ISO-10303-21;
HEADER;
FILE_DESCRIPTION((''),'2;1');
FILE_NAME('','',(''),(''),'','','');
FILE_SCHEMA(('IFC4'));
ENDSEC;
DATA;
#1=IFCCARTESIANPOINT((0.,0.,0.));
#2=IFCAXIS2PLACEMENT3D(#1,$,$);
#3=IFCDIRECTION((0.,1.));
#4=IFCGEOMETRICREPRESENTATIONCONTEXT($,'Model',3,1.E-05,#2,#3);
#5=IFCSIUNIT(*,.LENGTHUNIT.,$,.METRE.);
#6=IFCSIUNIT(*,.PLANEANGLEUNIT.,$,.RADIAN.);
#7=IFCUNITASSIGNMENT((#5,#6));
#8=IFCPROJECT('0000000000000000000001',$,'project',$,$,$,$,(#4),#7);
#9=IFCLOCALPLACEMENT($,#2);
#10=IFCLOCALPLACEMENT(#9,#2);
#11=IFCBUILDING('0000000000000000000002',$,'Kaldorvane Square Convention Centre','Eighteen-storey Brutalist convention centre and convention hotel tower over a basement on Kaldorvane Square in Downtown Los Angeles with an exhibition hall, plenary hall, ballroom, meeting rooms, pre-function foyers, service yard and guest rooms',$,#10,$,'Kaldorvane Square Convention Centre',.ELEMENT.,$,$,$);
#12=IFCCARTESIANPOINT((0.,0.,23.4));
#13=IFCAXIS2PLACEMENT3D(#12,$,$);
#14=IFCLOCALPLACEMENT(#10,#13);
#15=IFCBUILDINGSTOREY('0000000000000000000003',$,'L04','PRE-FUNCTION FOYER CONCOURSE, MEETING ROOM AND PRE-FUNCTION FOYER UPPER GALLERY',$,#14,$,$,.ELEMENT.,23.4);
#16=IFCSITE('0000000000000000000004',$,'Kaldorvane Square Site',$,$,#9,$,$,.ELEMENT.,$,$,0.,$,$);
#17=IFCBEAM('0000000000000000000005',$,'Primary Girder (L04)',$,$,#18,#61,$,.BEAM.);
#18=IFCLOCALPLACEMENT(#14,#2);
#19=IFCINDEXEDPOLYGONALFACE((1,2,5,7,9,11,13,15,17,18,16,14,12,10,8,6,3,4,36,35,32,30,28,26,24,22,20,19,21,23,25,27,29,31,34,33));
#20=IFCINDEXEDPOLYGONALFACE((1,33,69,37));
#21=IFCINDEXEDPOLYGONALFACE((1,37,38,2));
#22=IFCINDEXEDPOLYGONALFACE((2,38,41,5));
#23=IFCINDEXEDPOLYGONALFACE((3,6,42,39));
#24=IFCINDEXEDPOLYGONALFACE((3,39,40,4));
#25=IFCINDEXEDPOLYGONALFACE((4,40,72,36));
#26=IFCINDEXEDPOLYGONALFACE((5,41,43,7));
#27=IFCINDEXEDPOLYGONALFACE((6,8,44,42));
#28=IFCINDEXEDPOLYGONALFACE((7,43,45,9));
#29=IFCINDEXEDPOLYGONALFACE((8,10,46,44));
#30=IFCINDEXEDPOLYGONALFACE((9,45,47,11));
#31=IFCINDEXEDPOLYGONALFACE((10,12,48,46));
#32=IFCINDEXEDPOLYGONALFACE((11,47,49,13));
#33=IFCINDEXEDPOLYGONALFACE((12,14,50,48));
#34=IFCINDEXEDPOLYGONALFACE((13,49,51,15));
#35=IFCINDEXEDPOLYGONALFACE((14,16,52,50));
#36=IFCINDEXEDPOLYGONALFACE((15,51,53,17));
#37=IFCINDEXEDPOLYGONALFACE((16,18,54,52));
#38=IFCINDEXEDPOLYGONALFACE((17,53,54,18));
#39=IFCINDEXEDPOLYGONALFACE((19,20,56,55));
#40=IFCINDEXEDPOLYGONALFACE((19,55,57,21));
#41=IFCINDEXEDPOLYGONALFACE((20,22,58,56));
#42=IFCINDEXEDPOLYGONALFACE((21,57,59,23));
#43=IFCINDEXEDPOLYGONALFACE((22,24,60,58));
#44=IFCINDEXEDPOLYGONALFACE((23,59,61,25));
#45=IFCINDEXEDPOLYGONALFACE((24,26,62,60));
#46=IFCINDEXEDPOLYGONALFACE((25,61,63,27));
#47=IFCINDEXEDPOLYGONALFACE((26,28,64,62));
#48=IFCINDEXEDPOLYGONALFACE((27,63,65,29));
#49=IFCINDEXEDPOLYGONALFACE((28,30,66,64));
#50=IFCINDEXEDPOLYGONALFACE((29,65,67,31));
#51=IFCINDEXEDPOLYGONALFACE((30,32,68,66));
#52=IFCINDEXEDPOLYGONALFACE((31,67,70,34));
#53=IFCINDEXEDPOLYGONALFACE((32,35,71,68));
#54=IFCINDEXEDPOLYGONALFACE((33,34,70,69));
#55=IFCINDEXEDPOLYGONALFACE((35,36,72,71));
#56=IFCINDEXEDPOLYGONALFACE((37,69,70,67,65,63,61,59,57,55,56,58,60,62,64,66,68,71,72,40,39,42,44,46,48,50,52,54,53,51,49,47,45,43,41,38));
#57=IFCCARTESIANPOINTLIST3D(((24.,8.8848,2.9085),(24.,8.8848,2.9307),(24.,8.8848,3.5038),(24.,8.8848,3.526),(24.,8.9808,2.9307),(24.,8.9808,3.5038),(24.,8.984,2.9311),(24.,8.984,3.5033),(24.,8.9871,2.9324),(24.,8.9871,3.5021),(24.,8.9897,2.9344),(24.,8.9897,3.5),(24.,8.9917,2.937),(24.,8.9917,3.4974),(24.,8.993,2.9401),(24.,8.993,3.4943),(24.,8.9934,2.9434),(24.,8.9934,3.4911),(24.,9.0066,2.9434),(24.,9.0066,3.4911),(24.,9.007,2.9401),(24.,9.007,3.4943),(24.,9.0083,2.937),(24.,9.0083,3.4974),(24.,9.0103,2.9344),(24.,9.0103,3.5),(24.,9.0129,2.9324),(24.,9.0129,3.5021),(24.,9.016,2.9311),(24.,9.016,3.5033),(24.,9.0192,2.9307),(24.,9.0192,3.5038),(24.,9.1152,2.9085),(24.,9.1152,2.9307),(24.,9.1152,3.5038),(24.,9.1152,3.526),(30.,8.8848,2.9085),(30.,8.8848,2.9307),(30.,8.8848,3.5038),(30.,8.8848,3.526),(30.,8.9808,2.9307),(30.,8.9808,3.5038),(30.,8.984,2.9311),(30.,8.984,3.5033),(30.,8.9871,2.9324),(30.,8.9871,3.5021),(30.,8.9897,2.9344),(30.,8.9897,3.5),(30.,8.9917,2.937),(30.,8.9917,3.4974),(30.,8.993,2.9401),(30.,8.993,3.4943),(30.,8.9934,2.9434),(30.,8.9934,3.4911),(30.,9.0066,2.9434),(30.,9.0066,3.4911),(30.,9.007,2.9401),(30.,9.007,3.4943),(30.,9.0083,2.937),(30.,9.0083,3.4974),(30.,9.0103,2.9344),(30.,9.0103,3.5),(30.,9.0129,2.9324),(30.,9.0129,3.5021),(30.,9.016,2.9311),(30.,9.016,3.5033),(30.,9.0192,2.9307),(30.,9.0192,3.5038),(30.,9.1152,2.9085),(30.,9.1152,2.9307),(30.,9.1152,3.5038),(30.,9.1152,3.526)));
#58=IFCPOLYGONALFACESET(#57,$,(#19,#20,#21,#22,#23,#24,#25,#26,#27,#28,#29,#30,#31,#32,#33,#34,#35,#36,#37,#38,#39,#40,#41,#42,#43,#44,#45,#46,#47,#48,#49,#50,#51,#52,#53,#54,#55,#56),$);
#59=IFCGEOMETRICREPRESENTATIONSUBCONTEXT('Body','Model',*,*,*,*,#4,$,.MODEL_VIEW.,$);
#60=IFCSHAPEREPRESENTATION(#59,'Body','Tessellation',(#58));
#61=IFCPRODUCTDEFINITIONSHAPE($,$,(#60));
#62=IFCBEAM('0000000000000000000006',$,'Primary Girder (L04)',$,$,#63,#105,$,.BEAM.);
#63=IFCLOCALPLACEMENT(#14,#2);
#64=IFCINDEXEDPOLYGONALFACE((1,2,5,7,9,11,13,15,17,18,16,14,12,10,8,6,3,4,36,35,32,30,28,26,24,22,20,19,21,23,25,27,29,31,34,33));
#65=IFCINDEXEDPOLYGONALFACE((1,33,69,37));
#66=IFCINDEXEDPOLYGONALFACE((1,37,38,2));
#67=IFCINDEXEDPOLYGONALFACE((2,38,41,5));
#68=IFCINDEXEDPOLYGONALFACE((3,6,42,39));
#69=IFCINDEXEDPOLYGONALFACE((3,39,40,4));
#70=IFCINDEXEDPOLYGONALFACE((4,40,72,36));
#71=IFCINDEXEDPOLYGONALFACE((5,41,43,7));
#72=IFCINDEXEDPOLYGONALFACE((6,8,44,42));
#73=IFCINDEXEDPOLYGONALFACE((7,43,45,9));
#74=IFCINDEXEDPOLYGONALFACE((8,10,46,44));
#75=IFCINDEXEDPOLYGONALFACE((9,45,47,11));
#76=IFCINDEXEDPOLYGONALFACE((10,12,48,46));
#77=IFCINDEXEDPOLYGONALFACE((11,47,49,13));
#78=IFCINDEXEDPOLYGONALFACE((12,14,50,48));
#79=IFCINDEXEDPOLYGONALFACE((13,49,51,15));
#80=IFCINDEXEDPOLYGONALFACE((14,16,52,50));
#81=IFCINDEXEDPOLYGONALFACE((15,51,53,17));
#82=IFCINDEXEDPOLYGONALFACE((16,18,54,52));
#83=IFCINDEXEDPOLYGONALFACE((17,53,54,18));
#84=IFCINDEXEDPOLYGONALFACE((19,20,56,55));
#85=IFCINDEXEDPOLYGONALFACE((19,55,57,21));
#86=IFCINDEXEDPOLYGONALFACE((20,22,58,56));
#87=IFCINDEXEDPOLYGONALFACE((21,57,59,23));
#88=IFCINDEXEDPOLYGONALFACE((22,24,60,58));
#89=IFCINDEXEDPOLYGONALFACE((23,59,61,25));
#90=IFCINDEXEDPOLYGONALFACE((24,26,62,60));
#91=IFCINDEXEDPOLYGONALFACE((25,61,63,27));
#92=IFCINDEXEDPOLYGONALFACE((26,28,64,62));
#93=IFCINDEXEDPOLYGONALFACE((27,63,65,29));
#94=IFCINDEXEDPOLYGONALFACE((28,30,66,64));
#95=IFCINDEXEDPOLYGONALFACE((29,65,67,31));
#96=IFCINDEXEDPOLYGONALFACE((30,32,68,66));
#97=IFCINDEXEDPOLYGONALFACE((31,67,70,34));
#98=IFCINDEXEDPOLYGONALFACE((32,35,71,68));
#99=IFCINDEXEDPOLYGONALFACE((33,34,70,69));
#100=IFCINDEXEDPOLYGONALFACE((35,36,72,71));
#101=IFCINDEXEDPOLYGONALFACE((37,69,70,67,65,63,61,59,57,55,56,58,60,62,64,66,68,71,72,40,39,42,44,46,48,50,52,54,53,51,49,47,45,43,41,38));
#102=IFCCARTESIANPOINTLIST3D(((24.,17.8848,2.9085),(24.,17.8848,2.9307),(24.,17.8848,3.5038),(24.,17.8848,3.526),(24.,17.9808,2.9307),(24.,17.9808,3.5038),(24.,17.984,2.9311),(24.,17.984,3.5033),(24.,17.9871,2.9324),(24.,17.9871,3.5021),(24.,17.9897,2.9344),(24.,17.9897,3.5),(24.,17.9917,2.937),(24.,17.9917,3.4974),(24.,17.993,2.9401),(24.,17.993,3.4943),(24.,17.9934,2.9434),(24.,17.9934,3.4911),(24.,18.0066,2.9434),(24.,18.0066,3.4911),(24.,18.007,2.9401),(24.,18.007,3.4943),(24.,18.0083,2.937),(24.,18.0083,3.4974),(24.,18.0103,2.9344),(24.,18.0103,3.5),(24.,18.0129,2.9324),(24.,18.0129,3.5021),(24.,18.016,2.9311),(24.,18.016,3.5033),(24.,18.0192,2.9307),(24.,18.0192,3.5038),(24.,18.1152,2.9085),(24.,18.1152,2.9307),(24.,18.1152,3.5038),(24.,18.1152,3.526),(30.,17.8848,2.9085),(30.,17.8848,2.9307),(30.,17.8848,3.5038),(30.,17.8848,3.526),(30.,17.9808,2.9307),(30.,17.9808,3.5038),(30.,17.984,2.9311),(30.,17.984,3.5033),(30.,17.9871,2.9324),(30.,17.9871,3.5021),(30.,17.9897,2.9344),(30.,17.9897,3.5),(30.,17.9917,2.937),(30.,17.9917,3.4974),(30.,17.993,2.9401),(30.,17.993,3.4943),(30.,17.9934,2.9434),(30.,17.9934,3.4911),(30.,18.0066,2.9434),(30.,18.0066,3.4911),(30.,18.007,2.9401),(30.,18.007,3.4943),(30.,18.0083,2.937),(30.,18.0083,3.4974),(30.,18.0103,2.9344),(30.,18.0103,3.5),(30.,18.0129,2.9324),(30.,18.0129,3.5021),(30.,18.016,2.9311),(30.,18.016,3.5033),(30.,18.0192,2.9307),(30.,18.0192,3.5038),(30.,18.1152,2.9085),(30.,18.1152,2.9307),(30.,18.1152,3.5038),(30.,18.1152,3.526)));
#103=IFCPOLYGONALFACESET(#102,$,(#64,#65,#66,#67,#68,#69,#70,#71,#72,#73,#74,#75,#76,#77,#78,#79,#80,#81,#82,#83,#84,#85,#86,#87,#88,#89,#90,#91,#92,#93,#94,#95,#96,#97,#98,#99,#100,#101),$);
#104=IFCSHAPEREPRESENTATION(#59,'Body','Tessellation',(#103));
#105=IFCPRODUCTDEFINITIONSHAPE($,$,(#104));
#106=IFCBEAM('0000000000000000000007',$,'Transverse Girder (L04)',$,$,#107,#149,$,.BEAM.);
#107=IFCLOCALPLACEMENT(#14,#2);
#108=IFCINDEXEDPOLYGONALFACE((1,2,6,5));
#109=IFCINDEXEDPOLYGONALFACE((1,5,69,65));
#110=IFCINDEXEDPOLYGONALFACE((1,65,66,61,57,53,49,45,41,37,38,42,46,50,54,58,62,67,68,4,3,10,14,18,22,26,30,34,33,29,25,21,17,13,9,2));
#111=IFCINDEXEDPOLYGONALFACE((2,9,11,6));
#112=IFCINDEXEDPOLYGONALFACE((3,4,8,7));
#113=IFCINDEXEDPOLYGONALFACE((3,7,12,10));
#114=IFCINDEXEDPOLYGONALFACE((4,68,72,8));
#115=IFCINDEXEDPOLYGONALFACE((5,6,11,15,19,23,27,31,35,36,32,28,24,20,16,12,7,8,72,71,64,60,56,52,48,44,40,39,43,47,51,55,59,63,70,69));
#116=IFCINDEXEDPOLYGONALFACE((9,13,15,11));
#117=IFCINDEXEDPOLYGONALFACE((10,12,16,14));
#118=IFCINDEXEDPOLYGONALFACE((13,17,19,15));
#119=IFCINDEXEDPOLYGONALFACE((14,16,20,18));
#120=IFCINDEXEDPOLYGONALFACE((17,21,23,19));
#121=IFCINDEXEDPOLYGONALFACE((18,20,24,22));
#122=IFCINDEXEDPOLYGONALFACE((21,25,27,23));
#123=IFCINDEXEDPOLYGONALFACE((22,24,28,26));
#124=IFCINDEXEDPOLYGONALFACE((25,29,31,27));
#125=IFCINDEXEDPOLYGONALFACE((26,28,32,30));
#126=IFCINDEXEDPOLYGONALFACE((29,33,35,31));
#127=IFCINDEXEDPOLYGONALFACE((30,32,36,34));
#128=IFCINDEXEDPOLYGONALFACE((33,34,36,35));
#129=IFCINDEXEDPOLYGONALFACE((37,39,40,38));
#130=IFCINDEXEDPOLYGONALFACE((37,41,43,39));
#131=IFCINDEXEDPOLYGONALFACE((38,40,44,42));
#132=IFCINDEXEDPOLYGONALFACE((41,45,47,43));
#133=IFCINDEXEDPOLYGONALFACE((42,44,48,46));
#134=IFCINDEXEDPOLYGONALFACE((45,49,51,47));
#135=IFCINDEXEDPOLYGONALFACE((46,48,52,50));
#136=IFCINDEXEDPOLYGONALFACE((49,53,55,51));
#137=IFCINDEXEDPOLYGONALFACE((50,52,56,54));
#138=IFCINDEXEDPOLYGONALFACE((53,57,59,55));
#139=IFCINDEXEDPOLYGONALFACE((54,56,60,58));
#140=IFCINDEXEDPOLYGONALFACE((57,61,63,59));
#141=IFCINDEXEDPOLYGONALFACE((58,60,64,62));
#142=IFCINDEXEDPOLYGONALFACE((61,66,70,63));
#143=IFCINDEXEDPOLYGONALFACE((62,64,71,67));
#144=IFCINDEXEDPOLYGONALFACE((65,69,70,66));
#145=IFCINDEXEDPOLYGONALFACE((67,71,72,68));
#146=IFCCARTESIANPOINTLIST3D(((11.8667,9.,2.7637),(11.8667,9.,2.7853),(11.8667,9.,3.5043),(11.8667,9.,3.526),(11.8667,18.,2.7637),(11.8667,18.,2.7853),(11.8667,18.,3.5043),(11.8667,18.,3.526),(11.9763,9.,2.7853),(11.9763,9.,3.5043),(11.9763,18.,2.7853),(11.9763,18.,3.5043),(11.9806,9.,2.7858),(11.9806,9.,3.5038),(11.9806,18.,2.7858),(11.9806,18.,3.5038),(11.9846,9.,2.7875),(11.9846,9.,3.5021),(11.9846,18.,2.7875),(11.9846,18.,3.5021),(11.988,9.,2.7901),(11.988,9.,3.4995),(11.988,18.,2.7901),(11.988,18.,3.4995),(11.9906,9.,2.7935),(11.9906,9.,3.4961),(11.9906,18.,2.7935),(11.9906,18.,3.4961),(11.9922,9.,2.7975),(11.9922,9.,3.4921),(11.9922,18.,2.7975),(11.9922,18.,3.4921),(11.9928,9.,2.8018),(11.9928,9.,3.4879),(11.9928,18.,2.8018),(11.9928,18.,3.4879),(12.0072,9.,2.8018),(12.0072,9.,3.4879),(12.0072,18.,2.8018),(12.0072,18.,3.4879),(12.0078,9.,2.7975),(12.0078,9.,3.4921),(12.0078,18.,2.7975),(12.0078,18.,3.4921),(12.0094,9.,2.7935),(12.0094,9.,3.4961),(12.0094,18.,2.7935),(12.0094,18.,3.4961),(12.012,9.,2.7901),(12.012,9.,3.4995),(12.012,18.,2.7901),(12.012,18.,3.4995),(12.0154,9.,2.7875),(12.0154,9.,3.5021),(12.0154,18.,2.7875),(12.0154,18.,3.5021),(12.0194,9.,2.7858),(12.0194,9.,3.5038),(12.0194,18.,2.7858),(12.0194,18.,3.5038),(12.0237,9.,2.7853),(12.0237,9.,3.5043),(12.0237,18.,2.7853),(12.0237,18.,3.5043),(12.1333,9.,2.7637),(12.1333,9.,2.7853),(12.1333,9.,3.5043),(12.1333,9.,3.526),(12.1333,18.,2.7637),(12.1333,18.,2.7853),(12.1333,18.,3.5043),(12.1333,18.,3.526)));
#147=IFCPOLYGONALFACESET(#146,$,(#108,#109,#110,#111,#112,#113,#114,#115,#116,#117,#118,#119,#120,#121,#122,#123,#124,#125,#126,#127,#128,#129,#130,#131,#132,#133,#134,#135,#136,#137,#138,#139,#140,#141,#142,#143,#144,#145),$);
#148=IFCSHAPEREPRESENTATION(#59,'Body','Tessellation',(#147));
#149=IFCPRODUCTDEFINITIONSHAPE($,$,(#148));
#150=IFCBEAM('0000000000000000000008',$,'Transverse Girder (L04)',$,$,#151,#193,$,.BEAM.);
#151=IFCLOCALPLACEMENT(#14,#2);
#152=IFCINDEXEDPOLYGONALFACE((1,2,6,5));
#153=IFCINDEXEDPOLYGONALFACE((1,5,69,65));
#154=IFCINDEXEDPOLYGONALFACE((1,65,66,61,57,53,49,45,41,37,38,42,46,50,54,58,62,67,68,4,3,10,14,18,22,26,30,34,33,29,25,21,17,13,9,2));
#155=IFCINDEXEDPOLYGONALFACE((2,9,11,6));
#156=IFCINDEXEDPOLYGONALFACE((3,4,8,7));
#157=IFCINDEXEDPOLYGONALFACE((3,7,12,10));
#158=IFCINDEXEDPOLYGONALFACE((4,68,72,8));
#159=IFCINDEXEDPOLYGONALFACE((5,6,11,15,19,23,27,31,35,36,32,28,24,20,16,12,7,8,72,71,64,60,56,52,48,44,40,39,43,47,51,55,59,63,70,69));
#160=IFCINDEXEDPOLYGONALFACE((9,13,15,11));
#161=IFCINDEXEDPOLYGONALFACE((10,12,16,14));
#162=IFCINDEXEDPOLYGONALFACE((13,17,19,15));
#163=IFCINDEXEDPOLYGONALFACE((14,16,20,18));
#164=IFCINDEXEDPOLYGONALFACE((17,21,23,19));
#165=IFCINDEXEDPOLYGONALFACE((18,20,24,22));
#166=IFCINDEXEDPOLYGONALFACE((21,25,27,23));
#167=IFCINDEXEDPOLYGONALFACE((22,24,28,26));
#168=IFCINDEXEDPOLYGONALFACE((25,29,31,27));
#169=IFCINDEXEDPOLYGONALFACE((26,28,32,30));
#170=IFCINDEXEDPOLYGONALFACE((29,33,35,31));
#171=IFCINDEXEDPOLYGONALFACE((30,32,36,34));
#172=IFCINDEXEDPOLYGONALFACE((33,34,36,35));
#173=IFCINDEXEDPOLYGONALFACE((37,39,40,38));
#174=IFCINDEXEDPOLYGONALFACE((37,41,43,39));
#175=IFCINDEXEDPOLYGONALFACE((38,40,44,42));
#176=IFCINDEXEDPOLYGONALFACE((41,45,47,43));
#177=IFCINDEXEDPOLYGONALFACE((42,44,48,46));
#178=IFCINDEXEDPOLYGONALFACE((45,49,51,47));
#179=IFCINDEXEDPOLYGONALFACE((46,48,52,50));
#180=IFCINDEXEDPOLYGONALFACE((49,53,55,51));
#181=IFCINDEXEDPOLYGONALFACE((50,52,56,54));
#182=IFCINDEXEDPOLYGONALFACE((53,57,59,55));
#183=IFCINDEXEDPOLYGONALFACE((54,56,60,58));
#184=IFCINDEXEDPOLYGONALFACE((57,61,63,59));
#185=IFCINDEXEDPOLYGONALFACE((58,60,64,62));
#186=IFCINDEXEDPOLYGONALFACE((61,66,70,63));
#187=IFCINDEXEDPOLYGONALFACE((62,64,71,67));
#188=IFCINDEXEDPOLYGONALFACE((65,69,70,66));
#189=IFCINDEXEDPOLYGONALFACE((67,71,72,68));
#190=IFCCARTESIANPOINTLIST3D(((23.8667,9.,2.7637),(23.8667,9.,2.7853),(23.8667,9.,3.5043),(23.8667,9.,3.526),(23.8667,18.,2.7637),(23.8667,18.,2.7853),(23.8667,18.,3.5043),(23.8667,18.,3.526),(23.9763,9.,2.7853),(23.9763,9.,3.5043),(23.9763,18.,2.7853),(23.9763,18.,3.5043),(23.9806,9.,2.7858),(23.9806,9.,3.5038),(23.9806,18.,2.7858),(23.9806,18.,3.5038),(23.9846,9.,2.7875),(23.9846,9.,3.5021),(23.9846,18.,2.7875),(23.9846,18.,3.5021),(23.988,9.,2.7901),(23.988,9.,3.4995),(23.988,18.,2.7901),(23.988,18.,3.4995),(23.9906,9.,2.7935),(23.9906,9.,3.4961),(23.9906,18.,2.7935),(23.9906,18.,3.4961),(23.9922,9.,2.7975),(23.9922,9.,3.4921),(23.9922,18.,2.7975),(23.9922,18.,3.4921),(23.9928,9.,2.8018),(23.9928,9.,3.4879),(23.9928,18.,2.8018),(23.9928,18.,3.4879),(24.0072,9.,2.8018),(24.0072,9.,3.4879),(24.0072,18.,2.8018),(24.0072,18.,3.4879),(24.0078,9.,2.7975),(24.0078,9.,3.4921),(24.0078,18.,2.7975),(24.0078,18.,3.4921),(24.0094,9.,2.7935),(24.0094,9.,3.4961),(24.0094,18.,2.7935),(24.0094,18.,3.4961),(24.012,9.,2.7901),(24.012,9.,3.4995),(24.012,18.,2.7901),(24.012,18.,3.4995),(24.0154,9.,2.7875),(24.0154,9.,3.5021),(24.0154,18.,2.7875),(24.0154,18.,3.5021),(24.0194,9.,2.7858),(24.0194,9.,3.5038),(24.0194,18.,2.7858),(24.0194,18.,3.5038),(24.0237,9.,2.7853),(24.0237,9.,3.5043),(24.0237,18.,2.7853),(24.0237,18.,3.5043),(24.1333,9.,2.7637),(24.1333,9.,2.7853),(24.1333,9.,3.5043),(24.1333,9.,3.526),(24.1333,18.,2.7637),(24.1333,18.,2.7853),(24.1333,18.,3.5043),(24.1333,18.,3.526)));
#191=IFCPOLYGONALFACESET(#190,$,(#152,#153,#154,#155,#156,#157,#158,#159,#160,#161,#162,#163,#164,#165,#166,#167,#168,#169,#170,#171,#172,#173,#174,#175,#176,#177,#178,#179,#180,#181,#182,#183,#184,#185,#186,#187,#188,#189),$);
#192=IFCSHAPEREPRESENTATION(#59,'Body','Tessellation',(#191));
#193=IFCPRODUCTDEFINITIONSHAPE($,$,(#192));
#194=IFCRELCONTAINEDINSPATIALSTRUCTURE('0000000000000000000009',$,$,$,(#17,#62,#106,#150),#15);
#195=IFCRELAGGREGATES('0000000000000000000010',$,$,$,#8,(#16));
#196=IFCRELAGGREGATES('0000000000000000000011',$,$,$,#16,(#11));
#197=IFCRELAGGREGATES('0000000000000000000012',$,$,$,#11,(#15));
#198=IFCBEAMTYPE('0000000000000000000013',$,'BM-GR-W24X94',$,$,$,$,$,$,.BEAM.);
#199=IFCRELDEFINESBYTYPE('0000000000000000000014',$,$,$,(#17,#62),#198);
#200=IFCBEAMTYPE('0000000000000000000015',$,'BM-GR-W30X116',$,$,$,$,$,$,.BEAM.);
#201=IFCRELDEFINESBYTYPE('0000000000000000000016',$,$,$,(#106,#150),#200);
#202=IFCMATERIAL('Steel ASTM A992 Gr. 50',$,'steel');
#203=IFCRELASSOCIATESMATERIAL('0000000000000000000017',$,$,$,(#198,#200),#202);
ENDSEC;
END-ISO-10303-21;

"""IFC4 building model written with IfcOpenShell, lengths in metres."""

from ifc_helpers import new_model, si_unit, direction, frame, origin, origin_2d, place, context, subcontext, project, spatial, i_section, extrude, material, material_profile, profile_set, type_object, element, save


model = new_model("IFC4")

# Units and contexts
model_context = context("Model", 3, precision=1e-05, world=origin(), true_north=direction((0.0, 1.0)))
body_context = subcontext(model_context, "Body", "Model", "MODEL_VIEW")
ifc_project = project(units=[si_unit("LENGTHUNIT", "METRE"), si_unit("PLANEANGLEUNIT", "RADIAN")], contexts=[model_context])

# Site, building, storey
site_placement = place(None, origin())
site = spatial("IfcSite", under=ifc_project, at=site_placement, Name="Kaldorvane Square Site", CompositionType="ELEMENT", RefElevation=0.0)
building_placement = place(site_placement, origin())
building = spatial("IfcBuilding", under=site, at=building_placement, Name="Kaldorvane Square Convention Centre", Description="Eighteen-storey Brutalist convention centre and convention hotel tower over a basement on Kaldorvane Square in Downtown Los Angeles with an exhibition hall, plenary hall, ballroom, meeting rooms, pre-function foyers, service yard and guest rooms", LongName="Kaldorvane Square Convention Centre", CompositionType="ELEMENT")
storey_placement = place(building_placement, frame((0.0, 0.0, 23.4)))
storey = spatial("IfcBuildingStorey", under=building, at=storey_placement, Name="L04", Description="PRE-FUNCTION FOYER CONCOURSE, MEETING ROOM AND PRE-FUNCTION FOYER UPPER GALLERY", CompositionType="ELEMENT", Elevation=23.4)

# Shared definitions
ifc_material_1 = material(Name="Steel ASTM A992 Gr. 50", Category="steel")

# Beams
ifc_material_profile_1 = material_profile(ifc_material_1, i_section(OverallWidth=0.2303, OverallDepth=0.6175, WebThickness=0.0131, FlangeThickness=0.0222, FilletRadius=0.0127, at=origin_2d()), Name="W24X94")
ifc_profile_set_1 = profile_set([ifc_material_profile_1], Name="Steel ASTM A992 Gr. 50")
beam_type_1 = type_object("IfcBeamType", Name="BM-GR-W24X94", PredefinedType="BEAM", material=ifc_profile_set_1)
for number, where, z_axis, x_axis, name in (
    (1, (24.0, 9.0, 3.2172), (1.0, 0.0, 0.0), (0.0, 1.0, 0.0), "Primary Girder (L04)"),
    (2, (24.0, 18.0, 3.2172), (1.0, 0.0, 0.0), (0.0, 1.0, 0.0), "Primary Girder (L04)"),
):
    element("IfcBeam", number, at=place(storey_placement, frame(where, z_axis=z_axis, x_axis=x_axis)), inside=storey, type_object=beam_type_1, Name=name, PredefinedType="BEAM", context=body_context, shape_type="SweptSolid", body=[
        extrude(i_section(OverallWidth=0.2303, OverallDepth=0.6175, WebThickness=0.0131, FlangeThickness=0.0222, FilletRadius=0.0127, at=origin_2d()), origin(), (0.0, 0.0, 1.0), 6.0),
    ])
ifc_material_profile_2 = material_profile(ifc_material_1, i_section(OverallWidth=0.2666, OverallDepth=0.7623, WebThickness=0.0144, FlangeThickness=0.0216, FilletRadius=0.0165, at=origin_2d()), Name="W30X116")
ifc_profile_set_2 = profile_set([ifc_material_profile_2], Name="Steel ASTM A992 Gr. 50")
beam_type_2 = type_object("IfcBeamType", Name="BM-GR-W30X116", PredefinedType="BEAM", material=ifc_profile_set_2)
for number, where, z_axis, x_axis, name in (
    (3, (12.0, 9.0, 3.1448), (0.0, 1.0, 0.0), (-1.0, 0.0, 0.0), "Transverse Girder (L04)"),
    (4, (24.0, 9.0, 3.1448), (0.0, 1.0, 0.0), (-1.0, 0.0, 0.0), "Transverse Girder (L04)"),
):
    element("IfcBeam", number, at=place(storey_placement, frame(where, z_axis=z_axis, x_axis=x_axis)), inside=storey, type_object=beam_type_2, Name=name, PredefinedType="BEAM", context=body_context, shape_type="SweptSolid", body=[
        extrude(i_section(OverallWidth=0.2666, OverallDepth=0.7623, WebThickness=0.0144, FlangeThickness=0.0216, FilletRadius=0.0165, at=origin_2d()), origin(), (0.0, 0.0, 1.0), 9.0),
    ])

save(model, "model.ifc")
